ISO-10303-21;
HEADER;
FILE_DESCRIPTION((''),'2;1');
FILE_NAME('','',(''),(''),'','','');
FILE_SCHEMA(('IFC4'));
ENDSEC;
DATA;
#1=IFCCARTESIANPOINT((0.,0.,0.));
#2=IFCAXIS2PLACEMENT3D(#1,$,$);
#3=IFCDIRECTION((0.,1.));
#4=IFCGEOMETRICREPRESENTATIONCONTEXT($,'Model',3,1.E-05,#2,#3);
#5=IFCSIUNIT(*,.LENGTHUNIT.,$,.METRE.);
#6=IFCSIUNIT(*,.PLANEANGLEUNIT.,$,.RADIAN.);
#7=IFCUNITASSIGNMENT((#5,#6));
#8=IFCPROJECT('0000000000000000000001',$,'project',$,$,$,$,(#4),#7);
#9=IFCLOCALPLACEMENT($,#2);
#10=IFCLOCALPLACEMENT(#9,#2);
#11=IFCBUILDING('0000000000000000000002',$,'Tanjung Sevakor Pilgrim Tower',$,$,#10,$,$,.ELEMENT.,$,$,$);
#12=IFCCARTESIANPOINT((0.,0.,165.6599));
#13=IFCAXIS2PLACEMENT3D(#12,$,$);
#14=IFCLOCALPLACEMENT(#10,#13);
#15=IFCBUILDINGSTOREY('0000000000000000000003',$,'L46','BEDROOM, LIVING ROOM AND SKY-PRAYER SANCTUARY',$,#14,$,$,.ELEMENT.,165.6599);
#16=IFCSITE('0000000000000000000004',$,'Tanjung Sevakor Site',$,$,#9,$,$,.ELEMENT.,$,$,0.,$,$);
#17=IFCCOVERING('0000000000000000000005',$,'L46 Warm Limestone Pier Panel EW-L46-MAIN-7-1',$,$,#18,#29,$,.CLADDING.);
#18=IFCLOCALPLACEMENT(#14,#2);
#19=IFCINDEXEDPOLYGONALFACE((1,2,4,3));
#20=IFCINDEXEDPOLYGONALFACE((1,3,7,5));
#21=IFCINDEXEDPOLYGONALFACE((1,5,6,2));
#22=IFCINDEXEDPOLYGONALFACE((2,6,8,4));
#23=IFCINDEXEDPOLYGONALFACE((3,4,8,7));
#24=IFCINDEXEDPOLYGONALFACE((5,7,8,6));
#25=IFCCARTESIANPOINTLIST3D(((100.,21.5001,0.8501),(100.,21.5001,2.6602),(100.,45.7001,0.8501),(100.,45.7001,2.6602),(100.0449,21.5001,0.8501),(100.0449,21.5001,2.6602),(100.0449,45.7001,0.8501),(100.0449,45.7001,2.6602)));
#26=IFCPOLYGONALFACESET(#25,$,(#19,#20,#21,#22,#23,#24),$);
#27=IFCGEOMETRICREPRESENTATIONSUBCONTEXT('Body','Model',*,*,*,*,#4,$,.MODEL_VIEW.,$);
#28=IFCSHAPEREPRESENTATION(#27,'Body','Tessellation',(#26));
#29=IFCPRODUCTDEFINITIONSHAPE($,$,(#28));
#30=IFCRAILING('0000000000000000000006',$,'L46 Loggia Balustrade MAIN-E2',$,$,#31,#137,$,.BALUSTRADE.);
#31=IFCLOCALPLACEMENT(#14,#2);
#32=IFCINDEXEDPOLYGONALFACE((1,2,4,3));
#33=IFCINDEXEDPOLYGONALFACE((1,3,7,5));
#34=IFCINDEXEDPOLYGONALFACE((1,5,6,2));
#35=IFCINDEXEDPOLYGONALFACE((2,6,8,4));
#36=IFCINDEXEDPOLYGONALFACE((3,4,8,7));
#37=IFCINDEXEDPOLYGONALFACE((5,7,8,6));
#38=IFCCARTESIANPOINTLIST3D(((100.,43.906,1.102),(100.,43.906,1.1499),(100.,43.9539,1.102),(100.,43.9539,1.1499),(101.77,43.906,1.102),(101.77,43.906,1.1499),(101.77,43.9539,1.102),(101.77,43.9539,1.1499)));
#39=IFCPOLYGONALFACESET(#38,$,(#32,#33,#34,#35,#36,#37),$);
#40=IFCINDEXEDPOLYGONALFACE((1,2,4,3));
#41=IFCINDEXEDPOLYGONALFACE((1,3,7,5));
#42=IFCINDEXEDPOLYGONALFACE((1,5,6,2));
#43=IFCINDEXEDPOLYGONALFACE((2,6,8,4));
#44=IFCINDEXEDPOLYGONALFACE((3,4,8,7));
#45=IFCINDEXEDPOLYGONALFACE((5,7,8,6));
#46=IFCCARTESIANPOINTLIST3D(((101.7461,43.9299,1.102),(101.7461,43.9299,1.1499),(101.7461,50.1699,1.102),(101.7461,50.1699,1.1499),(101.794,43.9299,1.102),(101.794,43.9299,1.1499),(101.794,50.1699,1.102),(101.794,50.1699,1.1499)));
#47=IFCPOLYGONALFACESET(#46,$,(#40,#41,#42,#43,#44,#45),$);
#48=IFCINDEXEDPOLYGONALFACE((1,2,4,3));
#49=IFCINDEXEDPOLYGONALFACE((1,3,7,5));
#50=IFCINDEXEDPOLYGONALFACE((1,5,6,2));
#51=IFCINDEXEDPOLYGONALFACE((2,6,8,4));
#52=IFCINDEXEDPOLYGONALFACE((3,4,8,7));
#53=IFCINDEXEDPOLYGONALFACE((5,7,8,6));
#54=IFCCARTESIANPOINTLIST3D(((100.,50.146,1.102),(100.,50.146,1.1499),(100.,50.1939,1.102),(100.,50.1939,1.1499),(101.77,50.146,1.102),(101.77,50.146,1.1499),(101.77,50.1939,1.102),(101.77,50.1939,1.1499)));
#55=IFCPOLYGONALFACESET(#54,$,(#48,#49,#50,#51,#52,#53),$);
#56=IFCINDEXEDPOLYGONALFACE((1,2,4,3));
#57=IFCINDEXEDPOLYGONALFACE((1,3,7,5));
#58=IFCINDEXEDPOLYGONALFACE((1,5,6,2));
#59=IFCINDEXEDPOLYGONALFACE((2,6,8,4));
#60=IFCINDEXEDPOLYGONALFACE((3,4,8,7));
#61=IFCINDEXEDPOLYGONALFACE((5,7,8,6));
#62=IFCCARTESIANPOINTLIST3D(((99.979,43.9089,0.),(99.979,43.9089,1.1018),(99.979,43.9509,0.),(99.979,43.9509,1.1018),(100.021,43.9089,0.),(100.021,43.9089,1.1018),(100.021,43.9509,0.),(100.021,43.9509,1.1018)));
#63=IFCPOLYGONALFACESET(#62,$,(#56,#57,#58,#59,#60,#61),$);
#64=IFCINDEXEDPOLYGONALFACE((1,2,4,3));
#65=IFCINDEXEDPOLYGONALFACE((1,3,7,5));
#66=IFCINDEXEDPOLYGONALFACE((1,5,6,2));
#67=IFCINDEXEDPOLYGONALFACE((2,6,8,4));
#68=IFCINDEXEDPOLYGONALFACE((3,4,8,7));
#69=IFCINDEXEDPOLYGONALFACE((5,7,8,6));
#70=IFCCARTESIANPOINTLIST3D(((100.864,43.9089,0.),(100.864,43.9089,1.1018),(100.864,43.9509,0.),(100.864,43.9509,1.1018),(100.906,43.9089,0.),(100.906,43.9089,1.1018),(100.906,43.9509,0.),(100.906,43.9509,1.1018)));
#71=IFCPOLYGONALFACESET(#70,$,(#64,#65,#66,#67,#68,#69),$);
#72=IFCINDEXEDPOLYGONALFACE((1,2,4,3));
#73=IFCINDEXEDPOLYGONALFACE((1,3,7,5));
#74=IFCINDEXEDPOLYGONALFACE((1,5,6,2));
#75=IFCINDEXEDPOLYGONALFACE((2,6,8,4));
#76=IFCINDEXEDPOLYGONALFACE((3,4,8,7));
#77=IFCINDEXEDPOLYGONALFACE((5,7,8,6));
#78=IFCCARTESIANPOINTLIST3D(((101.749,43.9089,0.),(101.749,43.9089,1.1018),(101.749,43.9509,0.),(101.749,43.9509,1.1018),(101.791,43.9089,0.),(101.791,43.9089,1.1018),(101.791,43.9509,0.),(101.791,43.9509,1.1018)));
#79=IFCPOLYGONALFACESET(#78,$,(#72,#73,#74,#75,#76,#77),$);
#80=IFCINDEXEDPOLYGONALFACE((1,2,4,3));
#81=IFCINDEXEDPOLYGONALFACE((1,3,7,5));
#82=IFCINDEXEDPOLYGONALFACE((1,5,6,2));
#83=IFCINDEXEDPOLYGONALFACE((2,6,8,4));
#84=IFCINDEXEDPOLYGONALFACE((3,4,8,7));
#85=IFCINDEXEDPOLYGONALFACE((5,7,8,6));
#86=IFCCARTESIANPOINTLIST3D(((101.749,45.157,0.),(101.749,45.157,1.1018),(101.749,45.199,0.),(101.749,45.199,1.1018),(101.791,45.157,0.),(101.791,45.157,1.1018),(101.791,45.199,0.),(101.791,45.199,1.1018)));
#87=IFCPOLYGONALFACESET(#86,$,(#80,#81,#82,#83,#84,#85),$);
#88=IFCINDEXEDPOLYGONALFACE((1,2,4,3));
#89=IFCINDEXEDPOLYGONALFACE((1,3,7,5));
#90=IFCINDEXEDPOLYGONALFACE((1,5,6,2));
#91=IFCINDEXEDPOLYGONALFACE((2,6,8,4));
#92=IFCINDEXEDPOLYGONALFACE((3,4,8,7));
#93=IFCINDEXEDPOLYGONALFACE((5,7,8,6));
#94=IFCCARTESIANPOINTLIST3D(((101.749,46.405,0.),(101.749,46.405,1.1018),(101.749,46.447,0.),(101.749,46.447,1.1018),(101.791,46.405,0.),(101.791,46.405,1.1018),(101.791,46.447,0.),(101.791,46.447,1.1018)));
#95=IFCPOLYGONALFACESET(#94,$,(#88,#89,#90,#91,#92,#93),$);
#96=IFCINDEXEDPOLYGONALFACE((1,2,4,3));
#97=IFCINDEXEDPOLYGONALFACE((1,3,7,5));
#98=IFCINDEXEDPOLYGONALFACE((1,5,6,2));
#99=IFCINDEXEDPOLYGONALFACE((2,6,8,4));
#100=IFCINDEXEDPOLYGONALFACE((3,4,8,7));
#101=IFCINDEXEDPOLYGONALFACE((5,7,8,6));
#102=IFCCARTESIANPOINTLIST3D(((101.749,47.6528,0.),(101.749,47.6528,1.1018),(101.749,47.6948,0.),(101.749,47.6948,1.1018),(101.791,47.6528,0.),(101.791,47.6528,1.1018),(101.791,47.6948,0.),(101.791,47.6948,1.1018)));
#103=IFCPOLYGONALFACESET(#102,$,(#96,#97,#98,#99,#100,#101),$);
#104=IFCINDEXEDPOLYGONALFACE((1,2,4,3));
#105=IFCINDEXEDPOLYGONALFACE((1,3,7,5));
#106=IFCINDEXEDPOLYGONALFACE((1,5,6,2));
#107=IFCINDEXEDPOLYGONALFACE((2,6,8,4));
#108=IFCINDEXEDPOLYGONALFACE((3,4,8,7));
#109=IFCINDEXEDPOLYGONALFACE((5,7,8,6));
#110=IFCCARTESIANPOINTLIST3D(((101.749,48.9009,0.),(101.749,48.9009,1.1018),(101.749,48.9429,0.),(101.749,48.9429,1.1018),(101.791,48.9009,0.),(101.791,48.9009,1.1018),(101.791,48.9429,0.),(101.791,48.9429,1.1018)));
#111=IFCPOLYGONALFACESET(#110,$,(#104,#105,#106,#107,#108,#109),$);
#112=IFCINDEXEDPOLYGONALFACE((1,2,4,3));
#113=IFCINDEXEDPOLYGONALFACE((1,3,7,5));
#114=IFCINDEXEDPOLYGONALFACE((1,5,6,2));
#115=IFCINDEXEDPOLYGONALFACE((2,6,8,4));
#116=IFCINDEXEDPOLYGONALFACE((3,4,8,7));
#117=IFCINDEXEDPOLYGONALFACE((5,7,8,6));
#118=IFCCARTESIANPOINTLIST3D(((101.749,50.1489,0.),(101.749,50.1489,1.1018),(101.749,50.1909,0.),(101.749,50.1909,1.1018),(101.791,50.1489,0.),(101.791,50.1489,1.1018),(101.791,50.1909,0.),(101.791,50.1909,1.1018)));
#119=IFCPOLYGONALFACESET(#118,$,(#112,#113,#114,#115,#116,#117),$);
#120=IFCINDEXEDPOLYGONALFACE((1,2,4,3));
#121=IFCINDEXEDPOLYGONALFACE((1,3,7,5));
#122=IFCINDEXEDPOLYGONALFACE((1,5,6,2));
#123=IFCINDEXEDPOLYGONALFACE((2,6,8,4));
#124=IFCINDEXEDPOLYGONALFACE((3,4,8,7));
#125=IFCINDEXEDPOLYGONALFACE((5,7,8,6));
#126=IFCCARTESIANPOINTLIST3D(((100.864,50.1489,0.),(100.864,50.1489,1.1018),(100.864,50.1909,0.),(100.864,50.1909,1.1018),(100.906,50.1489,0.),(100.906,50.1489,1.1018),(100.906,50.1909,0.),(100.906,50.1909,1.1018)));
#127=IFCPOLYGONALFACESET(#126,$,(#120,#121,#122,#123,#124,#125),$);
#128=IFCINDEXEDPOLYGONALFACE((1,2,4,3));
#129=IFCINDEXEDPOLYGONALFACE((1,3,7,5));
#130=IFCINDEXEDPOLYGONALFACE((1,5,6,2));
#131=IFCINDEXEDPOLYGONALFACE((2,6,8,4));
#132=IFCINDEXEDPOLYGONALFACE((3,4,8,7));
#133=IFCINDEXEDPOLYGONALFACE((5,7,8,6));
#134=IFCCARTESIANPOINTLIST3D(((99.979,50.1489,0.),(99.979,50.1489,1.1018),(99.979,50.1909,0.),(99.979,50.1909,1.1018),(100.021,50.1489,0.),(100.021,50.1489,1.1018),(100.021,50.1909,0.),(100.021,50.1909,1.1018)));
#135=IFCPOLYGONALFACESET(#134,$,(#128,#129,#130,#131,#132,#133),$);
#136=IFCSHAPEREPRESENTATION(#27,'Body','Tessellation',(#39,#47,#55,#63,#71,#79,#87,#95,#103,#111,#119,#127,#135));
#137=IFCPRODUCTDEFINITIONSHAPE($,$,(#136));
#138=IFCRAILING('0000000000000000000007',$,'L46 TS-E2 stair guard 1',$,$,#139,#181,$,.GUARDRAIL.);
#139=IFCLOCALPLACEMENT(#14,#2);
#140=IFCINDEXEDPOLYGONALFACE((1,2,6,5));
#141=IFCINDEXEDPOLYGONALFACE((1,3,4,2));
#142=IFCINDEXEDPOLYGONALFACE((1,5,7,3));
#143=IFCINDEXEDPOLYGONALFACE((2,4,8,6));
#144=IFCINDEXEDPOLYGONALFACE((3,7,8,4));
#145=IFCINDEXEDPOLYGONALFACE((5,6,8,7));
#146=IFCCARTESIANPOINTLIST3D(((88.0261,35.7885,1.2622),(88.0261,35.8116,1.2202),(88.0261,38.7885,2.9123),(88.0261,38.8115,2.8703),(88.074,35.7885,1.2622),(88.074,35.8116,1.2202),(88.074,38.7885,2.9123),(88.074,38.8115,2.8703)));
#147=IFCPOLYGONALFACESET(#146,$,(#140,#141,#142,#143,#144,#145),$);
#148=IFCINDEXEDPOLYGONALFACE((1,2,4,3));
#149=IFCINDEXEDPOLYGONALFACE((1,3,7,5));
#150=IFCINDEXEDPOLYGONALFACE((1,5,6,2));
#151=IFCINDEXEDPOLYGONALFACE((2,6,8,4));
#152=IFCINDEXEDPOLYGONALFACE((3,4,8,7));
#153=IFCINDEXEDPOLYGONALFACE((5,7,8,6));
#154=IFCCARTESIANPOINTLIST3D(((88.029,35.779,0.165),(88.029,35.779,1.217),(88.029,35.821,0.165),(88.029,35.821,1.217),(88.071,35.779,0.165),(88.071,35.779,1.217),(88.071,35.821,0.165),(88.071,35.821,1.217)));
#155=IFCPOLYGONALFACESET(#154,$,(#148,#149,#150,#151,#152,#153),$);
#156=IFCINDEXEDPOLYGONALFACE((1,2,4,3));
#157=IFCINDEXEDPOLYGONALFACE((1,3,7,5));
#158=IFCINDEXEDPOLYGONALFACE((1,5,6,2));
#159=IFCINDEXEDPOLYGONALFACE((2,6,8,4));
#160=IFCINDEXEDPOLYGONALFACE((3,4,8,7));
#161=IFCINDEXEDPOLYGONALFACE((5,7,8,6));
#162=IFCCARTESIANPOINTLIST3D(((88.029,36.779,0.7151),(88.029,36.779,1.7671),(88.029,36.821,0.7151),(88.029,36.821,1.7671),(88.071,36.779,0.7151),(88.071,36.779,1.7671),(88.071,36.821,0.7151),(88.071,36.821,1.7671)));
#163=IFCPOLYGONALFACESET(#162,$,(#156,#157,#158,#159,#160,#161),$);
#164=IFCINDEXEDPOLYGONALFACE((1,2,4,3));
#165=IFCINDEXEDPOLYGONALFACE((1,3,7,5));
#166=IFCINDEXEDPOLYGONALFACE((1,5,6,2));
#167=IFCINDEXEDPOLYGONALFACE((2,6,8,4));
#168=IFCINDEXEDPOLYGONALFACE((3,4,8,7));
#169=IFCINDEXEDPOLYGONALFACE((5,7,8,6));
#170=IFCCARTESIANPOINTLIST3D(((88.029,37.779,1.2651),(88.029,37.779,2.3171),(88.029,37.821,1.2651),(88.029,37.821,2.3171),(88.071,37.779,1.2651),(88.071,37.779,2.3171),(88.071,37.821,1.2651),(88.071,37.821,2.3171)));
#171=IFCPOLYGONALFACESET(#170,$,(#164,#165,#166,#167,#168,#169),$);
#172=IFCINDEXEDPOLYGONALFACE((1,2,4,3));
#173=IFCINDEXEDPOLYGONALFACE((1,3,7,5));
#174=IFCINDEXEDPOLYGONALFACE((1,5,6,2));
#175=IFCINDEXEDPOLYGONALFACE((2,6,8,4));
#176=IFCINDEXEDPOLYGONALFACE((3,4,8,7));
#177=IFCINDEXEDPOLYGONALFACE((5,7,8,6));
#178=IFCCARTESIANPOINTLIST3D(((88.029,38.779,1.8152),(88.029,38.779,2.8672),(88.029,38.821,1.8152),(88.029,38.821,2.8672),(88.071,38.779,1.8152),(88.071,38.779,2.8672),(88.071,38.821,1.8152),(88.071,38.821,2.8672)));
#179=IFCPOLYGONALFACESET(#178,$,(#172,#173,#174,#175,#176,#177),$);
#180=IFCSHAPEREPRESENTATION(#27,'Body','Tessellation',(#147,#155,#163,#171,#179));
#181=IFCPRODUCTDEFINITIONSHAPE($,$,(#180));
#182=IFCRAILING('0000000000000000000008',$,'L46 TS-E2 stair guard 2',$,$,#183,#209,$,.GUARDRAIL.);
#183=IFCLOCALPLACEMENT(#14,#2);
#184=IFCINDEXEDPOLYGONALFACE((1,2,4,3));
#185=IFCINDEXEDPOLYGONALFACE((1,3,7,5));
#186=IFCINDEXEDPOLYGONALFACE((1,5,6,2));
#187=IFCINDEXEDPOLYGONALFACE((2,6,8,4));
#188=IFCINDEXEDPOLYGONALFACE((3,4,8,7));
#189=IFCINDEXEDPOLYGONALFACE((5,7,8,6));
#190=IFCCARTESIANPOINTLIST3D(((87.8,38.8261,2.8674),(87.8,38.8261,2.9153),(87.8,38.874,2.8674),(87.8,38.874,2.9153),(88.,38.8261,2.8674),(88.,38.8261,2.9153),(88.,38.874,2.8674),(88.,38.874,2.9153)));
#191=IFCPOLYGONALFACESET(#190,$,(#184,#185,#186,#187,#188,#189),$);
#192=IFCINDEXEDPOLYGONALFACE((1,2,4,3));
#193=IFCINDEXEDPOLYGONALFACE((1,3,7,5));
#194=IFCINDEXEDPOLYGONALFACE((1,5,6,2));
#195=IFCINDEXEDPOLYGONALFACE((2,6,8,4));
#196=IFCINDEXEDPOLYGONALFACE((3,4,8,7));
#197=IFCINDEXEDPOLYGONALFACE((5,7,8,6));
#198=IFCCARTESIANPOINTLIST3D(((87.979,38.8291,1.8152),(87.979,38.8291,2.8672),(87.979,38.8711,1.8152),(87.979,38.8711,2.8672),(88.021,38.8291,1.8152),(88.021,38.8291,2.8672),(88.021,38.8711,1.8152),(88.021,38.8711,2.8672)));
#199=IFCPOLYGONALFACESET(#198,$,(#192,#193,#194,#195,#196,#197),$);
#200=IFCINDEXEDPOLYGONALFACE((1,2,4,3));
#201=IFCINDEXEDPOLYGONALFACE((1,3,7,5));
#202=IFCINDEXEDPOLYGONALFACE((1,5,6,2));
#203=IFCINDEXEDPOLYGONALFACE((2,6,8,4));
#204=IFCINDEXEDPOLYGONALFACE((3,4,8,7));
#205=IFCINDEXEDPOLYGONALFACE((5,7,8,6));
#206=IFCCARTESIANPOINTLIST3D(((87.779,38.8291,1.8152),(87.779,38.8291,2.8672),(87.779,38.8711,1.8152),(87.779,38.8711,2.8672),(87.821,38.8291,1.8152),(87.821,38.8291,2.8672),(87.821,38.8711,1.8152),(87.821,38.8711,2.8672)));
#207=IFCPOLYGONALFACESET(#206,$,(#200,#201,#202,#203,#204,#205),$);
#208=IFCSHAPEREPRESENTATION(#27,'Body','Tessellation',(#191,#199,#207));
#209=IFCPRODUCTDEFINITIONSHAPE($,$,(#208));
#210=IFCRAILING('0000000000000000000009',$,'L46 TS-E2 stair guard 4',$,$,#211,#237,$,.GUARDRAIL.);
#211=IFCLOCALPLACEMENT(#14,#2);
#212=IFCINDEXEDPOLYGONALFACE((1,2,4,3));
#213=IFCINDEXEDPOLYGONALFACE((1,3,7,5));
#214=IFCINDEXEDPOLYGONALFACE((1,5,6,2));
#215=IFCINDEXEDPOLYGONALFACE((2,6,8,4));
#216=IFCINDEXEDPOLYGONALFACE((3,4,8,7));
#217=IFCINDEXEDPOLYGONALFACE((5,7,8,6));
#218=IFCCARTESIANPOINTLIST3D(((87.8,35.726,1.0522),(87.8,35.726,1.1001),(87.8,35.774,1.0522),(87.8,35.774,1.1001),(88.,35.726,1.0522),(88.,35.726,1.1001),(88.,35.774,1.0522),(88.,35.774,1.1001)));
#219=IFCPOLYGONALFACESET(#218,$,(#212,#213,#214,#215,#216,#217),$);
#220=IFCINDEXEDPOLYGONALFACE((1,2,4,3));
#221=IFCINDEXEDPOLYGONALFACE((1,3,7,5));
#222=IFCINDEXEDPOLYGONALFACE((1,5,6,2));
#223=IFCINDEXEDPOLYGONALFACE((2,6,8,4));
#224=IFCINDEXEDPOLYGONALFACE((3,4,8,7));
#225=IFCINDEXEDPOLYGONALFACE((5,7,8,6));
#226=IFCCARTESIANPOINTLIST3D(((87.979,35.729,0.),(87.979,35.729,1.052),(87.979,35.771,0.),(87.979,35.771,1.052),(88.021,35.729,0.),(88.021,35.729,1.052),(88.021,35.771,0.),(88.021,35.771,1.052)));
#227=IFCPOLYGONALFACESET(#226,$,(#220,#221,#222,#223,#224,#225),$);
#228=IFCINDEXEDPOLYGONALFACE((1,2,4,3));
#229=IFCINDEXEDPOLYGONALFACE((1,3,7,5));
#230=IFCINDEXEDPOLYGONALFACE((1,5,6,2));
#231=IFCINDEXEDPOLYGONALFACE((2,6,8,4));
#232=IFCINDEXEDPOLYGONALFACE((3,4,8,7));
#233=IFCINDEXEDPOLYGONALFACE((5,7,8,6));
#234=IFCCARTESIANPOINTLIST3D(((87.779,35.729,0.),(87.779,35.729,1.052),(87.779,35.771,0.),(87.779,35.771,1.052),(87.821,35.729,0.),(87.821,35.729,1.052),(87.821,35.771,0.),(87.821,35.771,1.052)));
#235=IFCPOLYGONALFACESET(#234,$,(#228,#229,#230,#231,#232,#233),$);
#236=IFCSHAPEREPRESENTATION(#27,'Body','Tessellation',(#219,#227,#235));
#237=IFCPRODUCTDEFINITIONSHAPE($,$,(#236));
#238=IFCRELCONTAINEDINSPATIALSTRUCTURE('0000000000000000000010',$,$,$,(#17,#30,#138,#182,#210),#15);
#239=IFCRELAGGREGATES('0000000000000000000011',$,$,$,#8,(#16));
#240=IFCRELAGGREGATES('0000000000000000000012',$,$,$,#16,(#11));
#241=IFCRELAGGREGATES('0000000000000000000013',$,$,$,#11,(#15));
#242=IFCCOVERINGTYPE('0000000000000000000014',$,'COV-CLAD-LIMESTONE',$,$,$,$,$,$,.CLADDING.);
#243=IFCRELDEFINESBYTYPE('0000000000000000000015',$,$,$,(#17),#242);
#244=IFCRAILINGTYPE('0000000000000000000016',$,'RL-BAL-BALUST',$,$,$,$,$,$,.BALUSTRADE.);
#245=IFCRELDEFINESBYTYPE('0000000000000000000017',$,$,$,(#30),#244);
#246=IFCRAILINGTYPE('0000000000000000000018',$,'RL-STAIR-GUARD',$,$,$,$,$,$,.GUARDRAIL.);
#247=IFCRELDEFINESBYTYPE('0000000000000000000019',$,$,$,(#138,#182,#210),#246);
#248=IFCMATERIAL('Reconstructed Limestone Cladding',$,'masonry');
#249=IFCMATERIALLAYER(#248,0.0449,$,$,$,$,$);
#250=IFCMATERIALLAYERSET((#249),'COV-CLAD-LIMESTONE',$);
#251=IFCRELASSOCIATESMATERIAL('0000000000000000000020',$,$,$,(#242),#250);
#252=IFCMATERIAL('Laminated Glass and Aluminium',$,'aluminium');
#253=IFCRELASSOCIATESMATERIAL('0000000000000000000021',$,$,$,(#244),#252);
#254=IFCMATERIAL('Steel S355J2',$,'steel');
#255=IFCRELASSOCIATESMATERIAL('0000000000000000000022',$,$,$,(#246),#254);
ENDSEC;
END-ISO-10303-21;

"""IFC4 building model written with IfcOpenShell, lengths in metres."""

from ifc_helpers import new_model, si_unit, direction, frame, origin, origin_2d, place, context, subcontext, project, spatial, rectangle, extrude, material, layer, layer_set, type_object, element, save


model = new_model("IFC4")

# Units and contexts
model_context = context("Model", 3, precision=1e-05, world=origin(), true_north=direction((0.0, 1.0)))
body_context = subcontext(model_context, "Body", "Model", "MODEL_VIEW")
ifc_project = project(units=[si_unit("LENGTHUNIT", "METRE"), si_unit("PLANEANGLEUNIT", "RADIAN")], contexts=[model_context])

# Site, building, storey
site_placement = place(None, origin())
site = spatial("IfcSite", under=ifc_project, at=site_placement, Name="Tanjung Sevakor Site", CompositionType="ELEMENT", RefElevation=0.0)
building_placement = place(site_placement, origin())
building = spatial("IfcBuilding", under=site, at=building_placement, Name="Tanjung Sevakor Pilgrim Tower", CompositionType="ELEMENT")
storey_placement = place(building_placement, frame((0.0, 0.0, 165.6599)))
storey = spatial("IfcBuildingStorey", under=building, at=storey_placement, Name="L46", Description="BEDROOM, LIVING ROOM AND SKY-PRAYER SANCTUARY", CompositionType="ELEMENT", Elevation=165.6599)

# Covering
ifc_material_1 = material(Name="Reconstructed Limestone Cladding", Category="masonry")
ifc_layer_1 = layer(ifc_material_1, 0.0449)
ifc_layer_set_1 = layer_set([ifc_layer_1], Name="COV-CLAD-LIMESTONE")
covering_type = type_object("IfcCoveringType", Name="COV-CLAD-LIMESTONE", PredefinedType="CLADDING", material=ifc_layer_set_1)
covering_1_placement = place(storey_placement, frame((100.0225, 33.6001, 0.8501), z_axis=(0.0, 0.0, 1.0), x_axis=(0.0, 1.0, 0.0)))
element("IfcCovering", 1, at=covering_1_placement, inside=storey, type_object=covering_type, Name="L46 Warm Limestone Pier Panel EW-L46-MAIN-7-1", PredefinedType="CLADDING", context=body_context, shape_type="SweptSolid", body=[
    extrude(rectangle(XDim=24.2, YDim=0.0449, at=origin_2d()), origin(), (0.0, 0.0, 1.0), 1.8101),
])

# Railings
ifc_material_2 = material(Name="Laminated Glass and Aluminium", Category="aluminium")
railing_type_1 = type_object("IfcRailingType", Name="RL-BAL-BALUST", PredefinedType="BALUSTRADE", material=ifc_material_2)
railing_1_placement = place(storey_placement, frame((100.0, 43.9299, 0.0)))
element("IfcRailing", 2, at=railing_1_placement, inside=storey, type_object=railing_type_1, Name="L46 Loggia Balustrade MAIN-E2", PredefinedType="BALUSTRADE", context=body_context, shape_type="SweptSolid", body=[
    extrude(rectangle(XDim=0.0479, YDim=0.0479), frame((0.0, 0.0, 1.126), z_axis=(1.0, 0.0, 0.0), x_axis=(0.0, 1.0, 0.0)), (0.0, 0.0, 1.0), 1.77),
    extrude(rectangle(XDim=0.0479, YDim=0.0479), frame((1.77, 0.0, 1.126), z_axis=(0.0, 1.0, 0.0), x_axis=(-1.0, 0.0, 0.0)), (0.0, 0.0, 1.0), 6.24),
    extrude(rectangle(XDim=0.0479, YDim=0.0479), frame((1.77, 6.24, 1.126), z_axis=(-1.0, 0.0, 0.0), x_axis=(0.0, -1.0, 0.0)), (0.0, 0.0, 1.0), 1.77),
    extrude(rectangle(XDim=0.042, YDim=0.042), origin(), (0.0, 0.0, 1.0), 1.1018),
    extrude(rectangle(XDim=0.042, YDim=0.042), frame((0.885, 0.0, 0.0)), (0.0, 0.0, 1.0), 1.1018),
    extrude(rectangle(XDim=0.042, YDim=0.042), frame((1.77, 0.0, 0.0)), (0.0, 0.0, 1.0), 1.1018),
    extrude(rectangle(XDim=0.042, YDim=0.042), frame((1.77, 1.248, 0.0)), (0.0, 0.0, 1.0), 1.1018),
    extrude(rectangle(XDim=0.042, YDim=0.042), frame((1.77, 2.4961, 0.0)), (0.0, 0.0, 1.0), 1.1018),
    extrude(rectangle(XDim=0.042, YDim=0.042), frame((1.77, 3.7439, 0.0)), (0.0, 0.0, 1.0), 1.1018),
    extrude(rectangle(XDim=0.042, YDim=0.042), frame((1.77, 4.9919, 0.0)), (0.0, 0.0, 1.0), 1.1018),
    extrude(rectangle(XDim=0.042, YDim=0.042), frame((1.77, 6.24, 0.0)), (0.0, 0.0, 1.0), 1.1018),
    extrude(rectangle(XDim=0.042, YDim=0.042), frame((0.885, 6.24, 0.0)), (0.0, 0.0, 1.0), 1.1018),
    extrude(rectangle(XDim=0.042, YDim=0.042), frame((0.0, 6.24, 0.0)), (0.0, 0.0, 1.0), 1.1018),
])
ifc_material_3 = material(Name="Steel S355J2", Category="steel")
railing_type_2 = type_object("IfcRailingType", Name="RL-STAIR-GUARD", PredefinedType="GUARDRAIL", material=ifc_material_3)
railing_2_placement = place(storey_placement, frame((88.05, 35.8, 0.165)))
element("IfcRailing", 3, at=railing_2_placement, inside=storey, type_object=railing_type_2, Name="L46 TS-E2 stair guard 1", PredefinedType="GUARDRAIL", context=body_context, shape_type="SweptSolid", body=[
    extrude(rectangle(XDim=0.0479, YDim=0.0479), frame((0.0, 0.0, 1.0762), z_axis=(0.0, 0.876198, 0.481952), x_axis=(-1.0, 0.0, 0.0)), (0.0, 0.0, 1.0), 3.4238),
    extrude(rectangle(XDim=0.042, YDim=0.042), origin(), (0.0, 0.0, 1.0), 1.052),
    extrude(rectangle(XDim=0.042, YDim=0.042), frame((0.0, 1.0, 0.55)), (0.0, 0.0, 1.0), 1.052),
    extrude(rectangle(XDim=0.042, YDim=0.042), frame((0.0, 2.0, 1.1001)), (0.0, 0.0, 1.0), 1.052),
    extrude(rectangle(XDim=0.042, YDim=0.042), frame((0.0, 3.0, 1.6501)), (0.0, 0.0, 1.0), 1.052),
])
for number, where, name in (
    (4, (88.0, 38.8501, 1.8152), "L46 TS-E2 stair guard 2"),
    (5, (88.0, 35.75, 0.0), "L46 TS-E2 stair guard 4"),
):
    element("IfcRailing", number, at=place(storey_placement, frame(where)), inside=storey, type_object=railing_type_2, Name=name, PredefinedType="GUARDRAIL", context=body_context, shape_type="SweptSolid", body=[
        extrude(rectangle(XDim=0.0479, YDim=0.0479), frame((0.0, 0.0, 1.0762), z_axis=(-1.0, 0.0, 0.0), x_axis=(0.0, -1.0, 0.0)), (0.0, 0.0, 1.0), 0.2),
        extrude(rectangle(XDim=0.042, YDim=0.042), origin(), (0.0, 0.0, 1.0), 1.052),
        extrude(rectangle(XDim=0.042, YDim=0.042), frame((-0.2, 0.0, 0.0)), (0.0, 0.0, 1.0), 1.052),
    ])

save(model, "model.ifc")
